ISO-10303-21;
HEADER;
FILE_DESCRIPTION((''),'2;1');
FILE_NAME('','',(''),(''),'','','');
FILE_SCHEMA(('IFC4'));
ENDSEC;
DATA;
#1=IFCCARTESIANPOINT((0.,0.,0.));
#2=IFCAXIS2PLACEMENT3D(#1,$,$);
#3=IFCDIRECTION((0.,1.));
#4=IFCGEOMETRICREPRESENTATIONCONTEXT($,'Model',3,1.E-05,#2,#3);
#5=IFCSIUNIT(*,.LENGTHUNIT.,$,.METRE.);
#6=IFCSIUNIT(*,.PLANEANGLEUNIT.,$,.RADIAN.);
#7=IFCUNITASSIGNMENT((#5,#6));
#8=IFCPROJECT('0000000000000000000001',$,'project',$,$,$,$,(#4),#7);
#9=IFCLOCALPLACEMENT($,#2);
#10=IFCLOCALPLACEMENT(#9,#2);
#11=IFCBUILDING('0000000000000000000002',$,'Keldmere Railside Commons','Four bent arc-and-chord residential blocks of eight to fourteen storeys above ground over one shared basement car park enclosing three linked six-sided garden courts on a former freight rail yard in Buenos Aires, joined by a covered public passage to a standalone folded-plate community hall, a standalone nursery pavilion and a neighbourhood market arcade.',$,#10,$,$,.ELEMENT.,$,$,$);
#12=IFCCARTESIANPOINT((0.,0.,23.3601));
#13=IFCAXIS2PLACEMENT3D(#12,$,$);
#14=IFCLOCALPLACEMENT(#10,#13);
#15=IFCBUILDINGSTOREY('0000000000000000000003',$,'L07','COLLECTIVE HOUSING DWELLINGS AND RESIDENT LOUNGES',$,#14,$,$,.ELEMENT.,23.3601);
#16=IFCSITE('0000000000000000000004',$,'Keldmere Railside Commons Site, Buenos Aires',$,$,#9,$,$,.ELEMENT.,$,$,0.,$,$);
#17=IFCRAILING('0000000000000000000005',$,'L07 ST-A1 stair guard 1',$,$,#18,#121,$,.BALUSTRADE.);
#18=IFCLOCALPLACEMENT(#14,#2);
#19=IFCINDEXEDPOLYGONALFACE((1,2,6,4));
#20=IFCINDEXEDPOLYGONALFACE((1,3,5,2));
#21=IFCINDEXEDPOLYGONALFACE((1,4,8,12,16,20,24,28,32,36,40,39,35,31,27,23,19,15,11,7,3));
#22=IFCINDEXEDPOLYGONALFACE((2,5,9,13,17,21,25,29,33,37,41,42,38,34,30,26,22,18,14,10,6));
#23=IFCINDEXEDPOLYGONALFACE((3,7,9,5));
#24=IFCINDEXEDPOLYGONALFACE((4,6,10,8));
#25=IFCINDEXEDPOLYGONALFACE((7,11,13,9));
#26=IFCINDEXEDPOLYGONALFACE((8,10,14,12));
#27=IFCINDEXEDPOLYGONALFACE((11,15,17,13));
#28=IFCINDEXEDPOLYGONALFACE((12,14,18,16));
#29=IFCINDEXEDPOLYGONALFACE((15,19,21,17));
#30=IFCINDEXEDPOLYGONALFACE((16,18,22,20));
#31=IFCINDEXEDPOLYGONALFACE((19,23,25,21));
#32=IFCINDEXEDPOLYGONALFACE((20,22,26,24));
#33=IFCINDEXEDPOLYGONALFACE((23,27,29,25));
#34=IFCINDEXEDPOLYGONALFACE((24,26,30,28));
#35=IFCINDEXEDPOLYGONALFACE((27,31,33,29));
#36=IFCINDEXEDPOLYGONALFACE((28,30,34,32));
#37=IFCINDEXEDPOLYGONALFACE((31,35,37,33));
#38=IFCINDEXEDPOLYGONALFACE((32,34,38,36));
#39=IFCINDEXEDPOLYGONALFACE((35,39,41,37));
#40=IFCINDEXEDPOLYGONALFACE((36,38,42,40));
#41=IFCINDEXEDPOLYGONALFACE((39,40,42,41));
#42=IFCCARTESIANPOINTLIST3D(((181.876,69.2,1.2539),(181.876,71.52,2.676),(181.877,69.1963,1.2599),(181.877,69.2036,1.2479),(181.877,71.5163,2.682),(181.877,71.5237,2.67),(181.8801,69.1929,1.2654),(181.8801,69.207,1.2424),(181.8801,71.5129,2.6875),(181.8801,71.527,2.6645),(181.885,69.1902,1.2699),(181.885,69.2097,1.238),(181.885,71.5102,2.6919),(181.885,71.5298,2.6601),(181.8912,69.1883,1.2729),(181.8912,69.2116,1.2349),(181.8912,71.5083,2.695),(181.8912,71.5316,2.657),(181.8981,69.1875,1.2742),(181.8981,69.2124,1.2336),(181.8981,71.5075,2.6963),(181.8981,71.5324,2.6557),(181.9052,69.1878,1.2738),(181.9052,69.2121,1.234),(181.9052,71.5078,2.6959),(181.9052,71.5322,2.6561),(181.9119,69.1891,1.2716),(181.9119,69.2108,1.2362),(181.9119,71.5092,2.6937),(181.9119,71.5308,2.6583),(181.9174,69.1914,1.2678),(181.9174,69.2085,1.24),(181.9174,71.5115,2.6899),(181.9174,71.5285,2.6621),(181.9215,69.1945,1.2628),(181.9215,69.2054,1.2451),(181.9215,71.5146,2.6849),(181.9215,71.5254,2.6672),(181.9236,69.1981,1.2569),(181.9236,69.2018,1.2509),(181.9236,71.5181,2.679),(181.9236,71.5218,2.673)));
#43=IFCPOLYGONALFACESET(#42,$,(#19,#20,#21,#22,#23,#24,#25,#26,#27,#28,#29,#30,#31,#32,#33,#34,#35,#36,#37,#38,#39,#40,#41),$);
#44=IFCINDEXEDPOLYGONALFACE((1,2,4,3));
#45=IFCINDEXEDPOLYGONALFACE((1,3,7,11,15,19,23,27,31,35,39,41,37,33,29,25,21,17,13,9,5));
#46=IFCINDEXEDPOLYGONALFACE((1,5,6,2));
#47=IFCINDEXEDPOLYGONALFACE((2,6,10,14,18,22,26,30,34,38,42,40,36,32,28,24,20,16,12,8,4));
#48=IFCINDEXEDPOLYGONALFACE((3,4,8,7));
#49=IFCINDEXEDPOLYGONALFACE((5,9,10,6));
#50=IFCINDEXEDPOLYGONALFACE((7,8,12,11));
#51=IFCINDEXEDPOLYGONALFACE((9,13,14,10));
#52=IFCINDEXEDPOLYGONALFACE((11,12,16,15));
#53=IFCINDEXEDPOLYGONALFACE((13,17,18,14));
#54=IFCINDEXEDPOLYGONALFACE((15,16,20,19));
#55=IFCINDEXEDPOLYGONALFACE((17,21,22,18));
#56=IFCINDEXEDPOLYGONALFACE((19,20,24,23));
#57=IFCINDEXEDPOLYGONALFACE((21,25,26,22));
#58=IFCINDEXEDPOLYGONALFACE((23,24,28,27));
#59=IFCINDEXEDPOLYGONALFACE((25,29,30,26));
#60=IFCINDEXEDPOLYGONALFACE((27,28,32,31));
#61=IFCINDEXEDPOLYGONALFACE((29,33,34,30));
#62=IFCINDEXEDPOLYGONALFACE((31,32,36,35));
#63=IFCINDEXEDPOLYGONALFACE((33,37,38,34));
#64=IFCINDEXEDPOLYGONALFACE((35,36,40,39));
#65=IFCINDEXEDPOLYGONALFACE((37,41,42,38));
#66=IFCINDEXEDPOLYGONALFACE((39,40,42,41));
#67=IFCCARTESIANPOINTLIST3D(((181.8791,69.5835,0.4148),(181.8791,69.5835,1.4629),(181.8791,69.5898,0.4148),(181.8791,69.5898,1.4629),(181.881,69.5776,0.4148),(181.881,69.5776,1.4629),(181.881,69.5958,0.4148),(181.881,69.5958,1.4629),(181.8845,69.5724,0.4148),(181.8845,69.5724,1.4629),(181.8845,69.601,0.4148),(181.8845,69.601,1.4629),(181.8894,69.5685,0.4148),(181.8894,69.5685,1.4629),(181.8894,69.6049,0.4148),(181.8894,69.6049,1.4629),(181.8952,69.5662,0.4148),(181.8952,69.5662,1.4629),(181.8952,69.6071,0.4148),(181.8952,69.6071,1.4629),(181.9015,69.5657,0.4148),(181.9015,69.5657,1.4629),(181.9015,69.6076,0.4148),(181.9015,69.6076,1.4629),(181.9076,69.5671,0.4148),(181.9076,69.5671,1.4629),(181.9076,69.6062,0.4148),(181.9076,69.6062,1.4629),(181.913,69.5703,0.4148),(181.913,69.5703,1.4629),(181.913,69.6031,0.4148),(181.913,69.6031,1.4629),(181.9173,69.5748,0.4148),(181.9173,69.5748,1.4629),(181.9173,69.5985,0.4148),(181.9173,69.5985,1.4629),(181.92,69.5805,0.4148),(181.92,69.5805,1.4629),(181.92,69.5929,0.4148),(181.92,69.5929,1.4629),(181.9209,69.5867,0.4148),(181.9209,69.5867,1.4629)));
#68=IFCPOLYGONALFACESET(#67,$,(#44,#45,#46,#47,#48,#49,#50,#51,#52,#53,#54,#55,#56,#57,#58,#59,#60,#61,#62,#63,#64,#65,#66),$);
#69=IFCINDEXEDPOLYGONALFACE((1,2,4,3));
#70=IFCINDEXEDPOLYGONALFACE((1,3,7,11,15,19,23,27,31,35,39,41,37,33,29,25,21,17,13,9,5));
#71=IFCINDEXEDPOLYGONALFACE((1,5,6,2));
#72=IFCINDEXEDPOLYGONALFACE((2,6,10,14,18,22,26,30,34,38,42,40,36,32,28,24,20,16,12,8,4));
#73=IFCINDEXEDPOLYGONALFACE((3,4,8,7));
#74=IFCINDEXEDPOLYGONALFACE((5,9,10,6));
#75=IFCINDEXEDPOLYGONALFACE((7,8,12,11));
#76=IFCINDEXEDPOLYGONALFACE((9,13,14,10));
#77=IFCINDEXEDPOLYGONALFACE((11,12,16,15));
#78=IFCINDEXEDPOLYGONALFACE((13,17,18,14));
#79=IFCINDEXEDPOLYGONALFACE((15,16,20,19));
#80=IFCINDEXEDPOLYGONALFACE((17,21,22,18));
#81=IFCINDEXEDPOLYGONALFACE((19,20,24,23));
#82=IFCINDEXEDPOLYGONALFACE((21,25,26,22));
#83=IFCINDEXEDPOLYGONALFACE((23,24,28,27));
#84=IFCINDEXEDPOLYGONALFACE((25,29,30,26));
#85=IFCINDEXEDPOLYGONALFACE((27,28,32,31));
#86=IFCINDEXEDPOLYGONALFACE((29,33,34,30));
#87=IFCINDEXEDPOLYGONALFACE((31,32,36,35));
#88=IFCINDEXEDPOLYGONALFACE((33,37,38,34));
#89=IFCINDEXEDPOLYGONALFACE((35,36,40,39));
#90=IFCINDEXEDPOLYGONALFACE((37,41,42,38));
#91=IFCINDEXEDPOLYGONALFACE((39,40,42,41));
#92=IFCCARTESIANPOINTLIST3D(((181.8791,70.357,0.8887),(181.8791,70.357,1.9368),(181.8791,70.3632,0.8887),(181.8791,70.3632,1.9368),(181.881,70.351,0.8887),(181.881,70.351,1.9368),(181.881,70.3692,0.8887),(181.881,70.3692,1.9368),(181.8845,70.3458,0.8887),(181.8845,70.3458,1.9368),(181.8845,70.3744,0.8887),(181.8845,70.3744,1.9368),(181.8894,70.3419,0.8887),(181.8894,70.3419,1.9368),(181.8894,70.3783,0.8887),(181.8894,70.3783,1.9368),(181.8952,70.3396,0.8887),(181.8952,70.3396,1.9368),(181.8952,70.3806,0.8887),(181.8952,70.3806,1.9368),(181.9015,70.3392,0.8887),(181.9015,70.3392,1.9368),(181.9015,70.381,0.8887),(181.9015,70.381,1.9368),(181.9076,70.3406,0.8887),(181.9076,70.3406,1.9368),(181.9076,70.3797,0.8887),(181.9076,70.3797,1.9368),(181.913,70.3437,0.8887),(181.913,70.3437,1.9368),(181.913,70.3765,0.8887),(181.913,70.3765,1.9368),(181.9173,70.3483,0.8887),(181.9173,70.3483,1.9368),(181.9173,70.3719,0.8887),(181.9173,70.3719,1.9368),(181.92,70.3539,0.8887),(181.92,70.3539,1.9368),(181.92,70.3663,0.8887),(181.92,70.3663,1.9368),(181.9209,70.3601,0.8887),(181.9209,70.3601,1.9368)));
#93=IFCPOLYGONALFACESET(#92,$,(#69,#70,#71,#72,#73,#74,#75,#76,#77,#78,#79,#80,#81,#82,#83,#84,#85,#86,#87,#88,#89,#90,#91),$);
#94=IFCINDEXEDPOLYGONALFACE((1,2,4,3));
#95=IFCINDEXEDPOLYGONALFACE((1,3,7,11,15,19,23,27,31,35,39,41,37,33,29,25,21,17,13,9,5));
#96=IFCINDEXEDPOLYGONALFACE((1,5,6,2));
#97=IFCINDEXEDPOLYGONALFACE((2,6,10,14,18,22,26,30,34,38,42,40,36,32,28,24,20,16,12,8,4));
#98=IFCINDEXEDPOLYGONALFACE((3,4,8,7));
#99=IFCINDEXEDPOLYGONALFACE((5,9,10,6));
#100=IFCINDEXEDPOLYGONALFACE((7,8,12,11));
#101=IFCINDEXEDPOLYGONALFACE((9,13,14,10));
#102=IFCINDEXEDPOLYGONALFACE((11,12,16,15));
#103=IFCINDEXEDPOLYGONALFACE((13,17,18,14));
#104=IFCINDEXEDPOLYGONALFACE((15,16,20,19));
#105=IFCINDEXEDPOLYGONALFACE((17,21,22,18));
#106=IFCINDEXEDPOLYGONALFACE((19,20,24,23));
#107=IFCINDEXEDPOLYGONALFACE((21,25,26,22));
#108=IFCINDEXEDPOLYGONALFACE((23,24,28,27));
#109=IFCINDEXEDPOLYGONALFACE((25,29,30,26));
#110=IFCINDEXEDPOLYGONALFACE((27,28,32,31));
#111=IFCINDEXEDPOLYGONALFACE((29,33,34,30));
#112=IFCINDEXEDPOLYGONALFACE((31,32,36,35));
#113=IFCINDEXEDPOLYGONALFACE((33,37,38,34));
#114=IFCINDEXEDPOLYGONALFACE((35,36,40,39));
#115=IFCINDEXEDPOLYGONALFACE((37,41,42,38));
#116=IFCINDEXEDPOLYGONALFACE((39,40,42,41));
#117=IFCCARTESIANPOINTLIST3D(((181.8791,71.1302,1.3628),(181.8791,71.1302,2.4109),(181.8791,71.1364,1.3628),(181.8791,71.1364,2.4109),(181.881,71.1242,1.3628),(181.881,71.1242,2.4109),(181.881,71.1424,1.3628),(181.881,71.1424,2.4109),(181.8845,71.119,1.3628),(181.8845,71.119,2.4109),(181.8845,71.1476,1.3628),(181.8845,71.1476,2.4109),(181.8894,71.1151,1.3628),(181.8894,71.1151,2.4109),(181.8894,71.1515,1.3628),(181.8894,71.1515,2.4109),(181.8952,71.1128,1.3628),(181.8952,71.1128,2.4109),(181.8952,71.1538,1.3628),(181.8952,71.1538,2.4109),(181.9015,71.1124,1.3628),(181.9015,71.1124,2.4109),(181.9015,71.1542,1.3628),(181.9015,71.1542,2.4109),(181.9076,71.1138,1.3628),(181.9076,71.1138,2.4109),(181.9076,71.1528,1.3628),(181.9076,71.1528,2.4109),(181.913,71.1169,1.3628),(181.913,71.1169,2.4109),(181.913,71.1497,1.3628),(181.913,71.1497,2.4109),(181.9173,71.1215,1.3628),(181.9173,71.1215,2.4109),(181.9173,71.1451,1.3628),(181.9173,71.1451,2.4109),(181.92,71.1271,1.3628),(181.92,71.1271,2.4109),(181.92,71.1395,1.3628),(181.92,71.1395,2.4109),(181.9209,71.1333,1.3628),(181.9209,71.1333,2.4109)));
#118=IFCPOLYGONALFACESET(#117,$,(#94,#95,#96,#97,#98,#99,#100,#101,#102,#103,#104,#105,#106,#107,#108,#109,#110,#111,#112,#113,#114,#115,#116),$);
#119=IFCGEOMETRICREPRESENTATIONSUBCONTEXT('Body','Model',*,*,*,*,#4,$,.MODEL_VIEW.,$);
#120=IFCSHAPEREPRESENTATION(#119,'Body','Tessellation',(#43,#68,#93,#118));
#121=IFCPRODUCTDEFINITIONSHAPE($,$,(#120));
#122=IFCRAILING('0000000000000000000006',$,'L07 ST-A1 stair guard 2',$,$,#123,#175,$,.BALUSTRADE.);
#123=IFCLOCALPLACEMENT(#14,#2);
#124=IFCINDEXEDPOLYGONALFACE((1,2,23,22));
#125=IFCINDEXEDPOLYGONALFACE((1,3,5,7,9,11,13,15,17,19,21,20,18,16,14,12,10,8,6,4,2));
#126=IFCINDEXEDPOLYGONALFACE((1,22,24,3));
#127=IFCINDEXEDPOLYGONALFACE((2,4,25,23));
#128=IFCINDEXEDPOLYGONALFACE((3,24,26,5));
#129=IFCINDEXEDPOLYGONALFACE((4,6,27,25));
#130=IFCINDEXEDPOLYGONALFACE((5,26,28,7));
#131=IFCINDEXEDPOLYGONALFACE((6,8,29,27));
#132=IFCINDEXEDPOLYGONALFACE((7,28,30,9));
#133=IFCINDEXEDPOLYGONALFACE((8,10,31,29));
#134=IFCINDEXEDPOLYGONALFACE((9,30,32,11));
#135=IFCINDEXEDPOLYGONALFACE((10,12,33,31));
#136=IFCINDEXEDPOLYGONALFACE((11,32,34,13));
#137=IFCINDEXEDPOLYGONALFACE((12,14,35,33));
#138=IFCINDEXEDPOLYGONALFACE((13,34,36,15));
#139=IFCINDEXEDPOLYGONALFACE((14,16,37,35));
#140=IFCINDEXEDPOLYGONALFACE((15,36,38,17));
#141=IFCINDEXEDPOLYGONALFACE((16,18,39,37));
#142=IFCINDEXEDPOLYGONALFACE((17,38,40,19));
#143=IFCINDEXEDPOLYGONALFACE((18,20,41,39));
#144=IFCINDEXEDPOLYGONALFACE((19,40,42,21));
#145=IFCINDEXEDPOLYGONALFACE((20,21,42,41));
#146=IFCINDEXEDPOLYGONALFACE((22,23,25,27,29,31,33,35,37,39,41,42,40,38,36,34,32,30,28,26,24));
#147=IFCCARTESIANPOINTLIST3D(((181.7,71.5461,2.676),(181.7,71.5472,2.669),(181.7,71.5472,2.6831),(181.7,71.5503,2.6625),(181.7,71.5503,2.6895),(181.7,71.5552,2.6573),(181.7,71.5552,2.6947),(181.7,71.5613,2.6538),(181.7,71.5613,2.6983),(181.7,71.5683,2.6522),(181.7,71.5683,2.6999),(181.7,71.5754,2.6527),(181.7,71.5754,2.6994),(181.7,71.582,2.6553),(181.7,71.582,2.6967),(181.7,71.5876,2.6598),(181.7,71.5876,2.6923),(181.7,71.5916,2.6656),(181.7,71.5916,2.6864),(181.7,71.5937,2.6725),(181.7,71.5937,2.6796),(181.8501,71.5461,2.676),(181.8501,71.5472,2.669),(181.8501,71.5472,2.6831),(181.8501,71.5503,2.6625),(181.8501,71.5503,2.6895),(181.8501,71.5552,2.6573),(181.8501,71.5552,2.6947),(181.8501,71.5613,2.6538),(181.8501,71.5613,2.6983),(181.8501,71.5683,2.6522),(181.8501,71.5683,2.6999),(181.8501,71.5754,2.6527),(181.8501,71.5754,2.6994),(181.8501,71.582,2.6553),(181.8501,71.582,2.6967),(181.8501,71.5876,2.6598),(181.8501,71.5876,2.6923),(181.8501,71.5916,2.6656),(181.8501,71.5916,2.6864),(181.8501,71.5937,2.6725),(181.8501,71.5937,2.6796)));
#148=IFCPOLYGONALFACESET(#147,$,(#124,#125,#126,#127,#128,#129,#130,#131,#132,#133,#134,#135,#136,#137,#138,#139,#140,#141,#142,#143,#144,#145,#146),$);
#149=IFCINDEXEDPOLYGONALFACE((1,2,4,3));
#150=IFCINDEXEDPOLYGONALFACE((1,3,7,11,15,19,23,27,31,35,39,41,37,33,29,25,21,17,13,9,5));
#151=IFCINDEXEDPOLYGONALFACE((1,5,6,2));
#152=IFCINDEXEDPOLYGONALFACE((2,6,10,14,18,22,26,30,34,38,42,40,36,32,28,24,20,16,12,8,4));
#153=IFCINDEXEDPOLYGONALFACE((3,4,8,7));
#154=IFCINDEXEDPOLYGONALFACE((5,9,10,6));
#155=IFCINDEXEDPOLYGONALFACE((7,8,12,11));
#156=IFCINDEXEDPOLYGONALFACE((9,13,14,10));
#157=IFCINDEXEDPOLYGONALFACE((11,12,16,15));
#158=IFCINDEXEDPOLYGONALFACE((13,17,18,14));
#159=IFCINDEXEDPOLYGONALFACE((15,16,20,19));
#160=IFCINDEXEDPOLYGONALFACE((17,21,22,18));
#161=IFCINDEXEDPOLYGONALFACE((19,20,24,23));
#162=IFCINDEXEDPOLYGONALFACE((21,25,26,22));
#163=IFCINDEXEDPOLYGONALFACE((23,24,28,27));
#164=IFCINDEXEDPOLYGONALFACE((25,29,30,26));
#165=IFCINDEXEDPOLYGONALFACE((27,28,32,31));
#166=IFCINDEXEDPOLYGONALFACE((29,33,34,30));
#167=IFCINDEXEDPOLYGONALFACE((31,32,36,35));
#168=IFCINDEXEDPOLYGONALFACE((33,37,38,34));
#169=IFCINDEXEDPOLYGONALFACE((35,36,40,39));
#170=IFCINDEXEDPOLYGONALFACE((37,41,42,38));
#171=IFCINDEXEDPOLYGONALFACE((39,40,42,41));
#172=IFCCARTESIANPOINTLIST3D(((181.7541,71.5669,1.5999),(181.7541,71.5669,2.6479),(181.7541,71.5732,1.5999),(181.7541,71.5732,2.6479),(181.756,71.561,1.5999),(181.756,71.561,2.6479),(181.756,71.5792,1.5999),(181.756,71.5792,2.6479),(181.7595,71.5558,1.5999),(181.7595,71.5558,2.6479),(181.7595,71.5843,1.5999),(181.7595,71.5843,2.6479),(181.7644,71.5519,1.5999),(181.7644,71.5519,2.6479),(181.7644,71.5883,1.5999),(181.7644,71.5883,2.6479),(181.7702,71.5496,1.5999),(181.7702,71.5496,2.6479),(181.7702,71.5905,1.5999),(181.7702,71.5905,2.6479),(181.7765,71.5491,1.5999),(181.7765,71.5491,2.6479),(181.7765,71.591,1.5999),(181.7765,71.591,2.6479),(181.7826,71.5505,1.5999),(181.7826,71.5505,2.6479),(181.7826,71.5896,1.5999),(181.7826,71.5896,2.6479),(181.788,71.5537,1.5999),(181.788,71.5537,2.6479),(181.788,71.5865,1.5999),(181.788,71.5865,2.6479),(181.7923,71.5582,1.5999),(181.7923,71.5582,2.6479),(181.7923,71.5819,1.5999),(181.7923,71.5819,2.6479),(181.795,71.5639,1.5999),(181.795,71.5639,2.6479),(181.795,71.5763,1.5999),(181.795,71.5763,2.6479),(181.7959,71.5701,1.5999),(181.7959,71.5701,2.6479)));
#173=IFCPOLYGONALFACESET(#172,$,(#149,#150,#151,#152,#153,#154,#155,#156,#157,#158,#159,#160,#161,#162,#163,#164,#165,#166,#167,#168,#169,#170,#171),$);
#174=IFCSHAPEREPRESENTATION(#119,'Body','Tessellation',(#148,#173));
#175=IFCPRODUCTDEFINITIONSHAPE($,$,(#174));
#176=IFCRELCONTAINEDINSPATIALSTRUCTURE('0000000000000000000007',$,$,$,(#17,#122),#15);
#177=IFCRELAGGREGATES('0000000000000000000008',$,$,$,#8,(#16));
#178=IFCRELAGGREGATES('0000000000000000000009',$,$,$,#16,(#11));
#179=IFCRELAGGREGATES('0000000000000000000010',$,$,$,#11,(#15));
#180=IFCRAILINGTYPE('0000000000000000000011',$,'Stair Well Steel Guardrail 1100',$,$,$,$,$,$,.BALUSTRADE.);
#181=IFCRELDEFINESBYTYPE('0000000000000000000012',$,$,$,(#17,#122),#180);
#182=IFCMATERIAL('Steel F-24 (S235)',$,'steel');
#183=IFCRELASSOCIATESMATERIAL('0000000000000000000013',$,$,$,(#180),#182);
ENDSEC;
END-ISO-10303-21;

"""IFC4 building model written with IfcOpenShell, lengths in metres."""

from ifc_helpers import new_model, si_unit, direction, frame, origin, origin_2d, place, context, subcontext, project, spatial, circle, extrude, material, type_object, element, save


model = new_model("IFC4")

# Units and contexts
model_context = context("Model", 3, precision=1e-05, world=origin(), true_north=direction((0.0, 1.0)))
body_context = subcontext(model_context, "Body", "Model", "MODEL_VIEW")
ifc_project = project(units=[si_unit("LENGTHUNIT", "METRE"), si_unit("PLANEANGLEUNIT", "RADIAN")], contexts=[model_context])

# Site, building, storey
site_placement = place(None, origin())
site = spatial("IfcSite", under=ifc_project, at=site_placement, Name="Keldmere Railside Commons Site, Buenos Aires", CompositionType="ELEMENT", RefElevation=0.0)
building_placement = place(site_placement, origin())
building = spatial("IfcBuilding", under=site, at=building_placement, Name="Keldmere Railside Commons", Description="Four bent arc-and-chord residential blocks of eight to fourteen storeys above ground over one shared basement car park enclosing three linked six-sided garden courts on a former freight rail yard in Buenos Aires, joined by a covered public passage to a standalone folded-plate community hall, a standalone nursery pavilion and a neighbourhood market arcade.", CompositionType="ELEMENT")
storey_placement = place(building_placement, frame((0.0, 0.0, 23.3601)))
storey = spatial("IfcBuildingStorey", under=building, at=storey_placement, Name="L07", Description="COLLECTIVE HOUSING DWELLINGS AND RESIDENT LOUNGES", CompositionType="ELEMENT", Elevation=23.3601)

# Shared definitions
ifc_material_1 = material(Name="Steel F-24 (S235)", Category="steel")

# Railings
railing_type_1 = type_object("IfcRailingType", Name="Stair Well Steel Guardrail 1100", PredefinedType="BALUSTRADE", material=ifc_material_1)
railing_1_placement = place(storey_placement, frame((181.8999, 69.2, 0.1777)))
element("IfcRailing", 1, at=railing_1_placement, inside=storey, type_object=railing_type_1, Name="L07 ST-A1 stair guard 1", PredefinedType="BALUSTRADE", context=body_context, shape_type="SweptSolid", body=[
    extrude(circle(Radius=0.0239, at=origin_2d()), frame((0.0, 0.0, 1.0762), z_axis=(0.0, 0.852578, 0.5226), x_axis=(-1.0, 0.0, 0.0)), (0.0, 0.0, 1.0), 2.7212),
    extrude(circle(Radius=0.021, at=origin_2d()), frame((0.0, 0.3867, 0.2371)), (0.0, 0.0, 1.0), 1.0481),
    extrude(circle(Radius=0.021, at=origin_2d()), frame((0.0, 1.1602, 0.7109)), (0.0, 0.0, 1.0), 1.0481),
    extrude(circle(Radius=0.021, at=origin_2d()), frame((0.0, 1.9333, 1.1851)), (0.0, 0.0, 1.0), 1.0481),
])
railing_2_placement = place(storey_placement, frame((181.8501, 71.5701, 1.5999)))
element("IfcRailing", 2, at=railing_2_placement, inside=storey, type_object=railing_type_1, Name="L07 ST-A1 stair guard 2", PredefinedType="BALUSTRADE", context=body_context, shape_type="SweptSolid", body=[
    extrude(circle(Radius=0.0239, at=origin_2d()), frame((0.0, 0.0, 1.0762), z_axis=(-1.0, 0.0, 0.0), x_axis=(0.0, -1.0, 0.0)), (0.0, 0.0, 1.0), 0.1501),
    extrude(circle(Radius=0.021, at=origin_2d()), frame((-0.0752, 0.0, 0.0)), (0.0, 0.0, 1.0), 1.0481),
])

save(model, "model.ifc")
